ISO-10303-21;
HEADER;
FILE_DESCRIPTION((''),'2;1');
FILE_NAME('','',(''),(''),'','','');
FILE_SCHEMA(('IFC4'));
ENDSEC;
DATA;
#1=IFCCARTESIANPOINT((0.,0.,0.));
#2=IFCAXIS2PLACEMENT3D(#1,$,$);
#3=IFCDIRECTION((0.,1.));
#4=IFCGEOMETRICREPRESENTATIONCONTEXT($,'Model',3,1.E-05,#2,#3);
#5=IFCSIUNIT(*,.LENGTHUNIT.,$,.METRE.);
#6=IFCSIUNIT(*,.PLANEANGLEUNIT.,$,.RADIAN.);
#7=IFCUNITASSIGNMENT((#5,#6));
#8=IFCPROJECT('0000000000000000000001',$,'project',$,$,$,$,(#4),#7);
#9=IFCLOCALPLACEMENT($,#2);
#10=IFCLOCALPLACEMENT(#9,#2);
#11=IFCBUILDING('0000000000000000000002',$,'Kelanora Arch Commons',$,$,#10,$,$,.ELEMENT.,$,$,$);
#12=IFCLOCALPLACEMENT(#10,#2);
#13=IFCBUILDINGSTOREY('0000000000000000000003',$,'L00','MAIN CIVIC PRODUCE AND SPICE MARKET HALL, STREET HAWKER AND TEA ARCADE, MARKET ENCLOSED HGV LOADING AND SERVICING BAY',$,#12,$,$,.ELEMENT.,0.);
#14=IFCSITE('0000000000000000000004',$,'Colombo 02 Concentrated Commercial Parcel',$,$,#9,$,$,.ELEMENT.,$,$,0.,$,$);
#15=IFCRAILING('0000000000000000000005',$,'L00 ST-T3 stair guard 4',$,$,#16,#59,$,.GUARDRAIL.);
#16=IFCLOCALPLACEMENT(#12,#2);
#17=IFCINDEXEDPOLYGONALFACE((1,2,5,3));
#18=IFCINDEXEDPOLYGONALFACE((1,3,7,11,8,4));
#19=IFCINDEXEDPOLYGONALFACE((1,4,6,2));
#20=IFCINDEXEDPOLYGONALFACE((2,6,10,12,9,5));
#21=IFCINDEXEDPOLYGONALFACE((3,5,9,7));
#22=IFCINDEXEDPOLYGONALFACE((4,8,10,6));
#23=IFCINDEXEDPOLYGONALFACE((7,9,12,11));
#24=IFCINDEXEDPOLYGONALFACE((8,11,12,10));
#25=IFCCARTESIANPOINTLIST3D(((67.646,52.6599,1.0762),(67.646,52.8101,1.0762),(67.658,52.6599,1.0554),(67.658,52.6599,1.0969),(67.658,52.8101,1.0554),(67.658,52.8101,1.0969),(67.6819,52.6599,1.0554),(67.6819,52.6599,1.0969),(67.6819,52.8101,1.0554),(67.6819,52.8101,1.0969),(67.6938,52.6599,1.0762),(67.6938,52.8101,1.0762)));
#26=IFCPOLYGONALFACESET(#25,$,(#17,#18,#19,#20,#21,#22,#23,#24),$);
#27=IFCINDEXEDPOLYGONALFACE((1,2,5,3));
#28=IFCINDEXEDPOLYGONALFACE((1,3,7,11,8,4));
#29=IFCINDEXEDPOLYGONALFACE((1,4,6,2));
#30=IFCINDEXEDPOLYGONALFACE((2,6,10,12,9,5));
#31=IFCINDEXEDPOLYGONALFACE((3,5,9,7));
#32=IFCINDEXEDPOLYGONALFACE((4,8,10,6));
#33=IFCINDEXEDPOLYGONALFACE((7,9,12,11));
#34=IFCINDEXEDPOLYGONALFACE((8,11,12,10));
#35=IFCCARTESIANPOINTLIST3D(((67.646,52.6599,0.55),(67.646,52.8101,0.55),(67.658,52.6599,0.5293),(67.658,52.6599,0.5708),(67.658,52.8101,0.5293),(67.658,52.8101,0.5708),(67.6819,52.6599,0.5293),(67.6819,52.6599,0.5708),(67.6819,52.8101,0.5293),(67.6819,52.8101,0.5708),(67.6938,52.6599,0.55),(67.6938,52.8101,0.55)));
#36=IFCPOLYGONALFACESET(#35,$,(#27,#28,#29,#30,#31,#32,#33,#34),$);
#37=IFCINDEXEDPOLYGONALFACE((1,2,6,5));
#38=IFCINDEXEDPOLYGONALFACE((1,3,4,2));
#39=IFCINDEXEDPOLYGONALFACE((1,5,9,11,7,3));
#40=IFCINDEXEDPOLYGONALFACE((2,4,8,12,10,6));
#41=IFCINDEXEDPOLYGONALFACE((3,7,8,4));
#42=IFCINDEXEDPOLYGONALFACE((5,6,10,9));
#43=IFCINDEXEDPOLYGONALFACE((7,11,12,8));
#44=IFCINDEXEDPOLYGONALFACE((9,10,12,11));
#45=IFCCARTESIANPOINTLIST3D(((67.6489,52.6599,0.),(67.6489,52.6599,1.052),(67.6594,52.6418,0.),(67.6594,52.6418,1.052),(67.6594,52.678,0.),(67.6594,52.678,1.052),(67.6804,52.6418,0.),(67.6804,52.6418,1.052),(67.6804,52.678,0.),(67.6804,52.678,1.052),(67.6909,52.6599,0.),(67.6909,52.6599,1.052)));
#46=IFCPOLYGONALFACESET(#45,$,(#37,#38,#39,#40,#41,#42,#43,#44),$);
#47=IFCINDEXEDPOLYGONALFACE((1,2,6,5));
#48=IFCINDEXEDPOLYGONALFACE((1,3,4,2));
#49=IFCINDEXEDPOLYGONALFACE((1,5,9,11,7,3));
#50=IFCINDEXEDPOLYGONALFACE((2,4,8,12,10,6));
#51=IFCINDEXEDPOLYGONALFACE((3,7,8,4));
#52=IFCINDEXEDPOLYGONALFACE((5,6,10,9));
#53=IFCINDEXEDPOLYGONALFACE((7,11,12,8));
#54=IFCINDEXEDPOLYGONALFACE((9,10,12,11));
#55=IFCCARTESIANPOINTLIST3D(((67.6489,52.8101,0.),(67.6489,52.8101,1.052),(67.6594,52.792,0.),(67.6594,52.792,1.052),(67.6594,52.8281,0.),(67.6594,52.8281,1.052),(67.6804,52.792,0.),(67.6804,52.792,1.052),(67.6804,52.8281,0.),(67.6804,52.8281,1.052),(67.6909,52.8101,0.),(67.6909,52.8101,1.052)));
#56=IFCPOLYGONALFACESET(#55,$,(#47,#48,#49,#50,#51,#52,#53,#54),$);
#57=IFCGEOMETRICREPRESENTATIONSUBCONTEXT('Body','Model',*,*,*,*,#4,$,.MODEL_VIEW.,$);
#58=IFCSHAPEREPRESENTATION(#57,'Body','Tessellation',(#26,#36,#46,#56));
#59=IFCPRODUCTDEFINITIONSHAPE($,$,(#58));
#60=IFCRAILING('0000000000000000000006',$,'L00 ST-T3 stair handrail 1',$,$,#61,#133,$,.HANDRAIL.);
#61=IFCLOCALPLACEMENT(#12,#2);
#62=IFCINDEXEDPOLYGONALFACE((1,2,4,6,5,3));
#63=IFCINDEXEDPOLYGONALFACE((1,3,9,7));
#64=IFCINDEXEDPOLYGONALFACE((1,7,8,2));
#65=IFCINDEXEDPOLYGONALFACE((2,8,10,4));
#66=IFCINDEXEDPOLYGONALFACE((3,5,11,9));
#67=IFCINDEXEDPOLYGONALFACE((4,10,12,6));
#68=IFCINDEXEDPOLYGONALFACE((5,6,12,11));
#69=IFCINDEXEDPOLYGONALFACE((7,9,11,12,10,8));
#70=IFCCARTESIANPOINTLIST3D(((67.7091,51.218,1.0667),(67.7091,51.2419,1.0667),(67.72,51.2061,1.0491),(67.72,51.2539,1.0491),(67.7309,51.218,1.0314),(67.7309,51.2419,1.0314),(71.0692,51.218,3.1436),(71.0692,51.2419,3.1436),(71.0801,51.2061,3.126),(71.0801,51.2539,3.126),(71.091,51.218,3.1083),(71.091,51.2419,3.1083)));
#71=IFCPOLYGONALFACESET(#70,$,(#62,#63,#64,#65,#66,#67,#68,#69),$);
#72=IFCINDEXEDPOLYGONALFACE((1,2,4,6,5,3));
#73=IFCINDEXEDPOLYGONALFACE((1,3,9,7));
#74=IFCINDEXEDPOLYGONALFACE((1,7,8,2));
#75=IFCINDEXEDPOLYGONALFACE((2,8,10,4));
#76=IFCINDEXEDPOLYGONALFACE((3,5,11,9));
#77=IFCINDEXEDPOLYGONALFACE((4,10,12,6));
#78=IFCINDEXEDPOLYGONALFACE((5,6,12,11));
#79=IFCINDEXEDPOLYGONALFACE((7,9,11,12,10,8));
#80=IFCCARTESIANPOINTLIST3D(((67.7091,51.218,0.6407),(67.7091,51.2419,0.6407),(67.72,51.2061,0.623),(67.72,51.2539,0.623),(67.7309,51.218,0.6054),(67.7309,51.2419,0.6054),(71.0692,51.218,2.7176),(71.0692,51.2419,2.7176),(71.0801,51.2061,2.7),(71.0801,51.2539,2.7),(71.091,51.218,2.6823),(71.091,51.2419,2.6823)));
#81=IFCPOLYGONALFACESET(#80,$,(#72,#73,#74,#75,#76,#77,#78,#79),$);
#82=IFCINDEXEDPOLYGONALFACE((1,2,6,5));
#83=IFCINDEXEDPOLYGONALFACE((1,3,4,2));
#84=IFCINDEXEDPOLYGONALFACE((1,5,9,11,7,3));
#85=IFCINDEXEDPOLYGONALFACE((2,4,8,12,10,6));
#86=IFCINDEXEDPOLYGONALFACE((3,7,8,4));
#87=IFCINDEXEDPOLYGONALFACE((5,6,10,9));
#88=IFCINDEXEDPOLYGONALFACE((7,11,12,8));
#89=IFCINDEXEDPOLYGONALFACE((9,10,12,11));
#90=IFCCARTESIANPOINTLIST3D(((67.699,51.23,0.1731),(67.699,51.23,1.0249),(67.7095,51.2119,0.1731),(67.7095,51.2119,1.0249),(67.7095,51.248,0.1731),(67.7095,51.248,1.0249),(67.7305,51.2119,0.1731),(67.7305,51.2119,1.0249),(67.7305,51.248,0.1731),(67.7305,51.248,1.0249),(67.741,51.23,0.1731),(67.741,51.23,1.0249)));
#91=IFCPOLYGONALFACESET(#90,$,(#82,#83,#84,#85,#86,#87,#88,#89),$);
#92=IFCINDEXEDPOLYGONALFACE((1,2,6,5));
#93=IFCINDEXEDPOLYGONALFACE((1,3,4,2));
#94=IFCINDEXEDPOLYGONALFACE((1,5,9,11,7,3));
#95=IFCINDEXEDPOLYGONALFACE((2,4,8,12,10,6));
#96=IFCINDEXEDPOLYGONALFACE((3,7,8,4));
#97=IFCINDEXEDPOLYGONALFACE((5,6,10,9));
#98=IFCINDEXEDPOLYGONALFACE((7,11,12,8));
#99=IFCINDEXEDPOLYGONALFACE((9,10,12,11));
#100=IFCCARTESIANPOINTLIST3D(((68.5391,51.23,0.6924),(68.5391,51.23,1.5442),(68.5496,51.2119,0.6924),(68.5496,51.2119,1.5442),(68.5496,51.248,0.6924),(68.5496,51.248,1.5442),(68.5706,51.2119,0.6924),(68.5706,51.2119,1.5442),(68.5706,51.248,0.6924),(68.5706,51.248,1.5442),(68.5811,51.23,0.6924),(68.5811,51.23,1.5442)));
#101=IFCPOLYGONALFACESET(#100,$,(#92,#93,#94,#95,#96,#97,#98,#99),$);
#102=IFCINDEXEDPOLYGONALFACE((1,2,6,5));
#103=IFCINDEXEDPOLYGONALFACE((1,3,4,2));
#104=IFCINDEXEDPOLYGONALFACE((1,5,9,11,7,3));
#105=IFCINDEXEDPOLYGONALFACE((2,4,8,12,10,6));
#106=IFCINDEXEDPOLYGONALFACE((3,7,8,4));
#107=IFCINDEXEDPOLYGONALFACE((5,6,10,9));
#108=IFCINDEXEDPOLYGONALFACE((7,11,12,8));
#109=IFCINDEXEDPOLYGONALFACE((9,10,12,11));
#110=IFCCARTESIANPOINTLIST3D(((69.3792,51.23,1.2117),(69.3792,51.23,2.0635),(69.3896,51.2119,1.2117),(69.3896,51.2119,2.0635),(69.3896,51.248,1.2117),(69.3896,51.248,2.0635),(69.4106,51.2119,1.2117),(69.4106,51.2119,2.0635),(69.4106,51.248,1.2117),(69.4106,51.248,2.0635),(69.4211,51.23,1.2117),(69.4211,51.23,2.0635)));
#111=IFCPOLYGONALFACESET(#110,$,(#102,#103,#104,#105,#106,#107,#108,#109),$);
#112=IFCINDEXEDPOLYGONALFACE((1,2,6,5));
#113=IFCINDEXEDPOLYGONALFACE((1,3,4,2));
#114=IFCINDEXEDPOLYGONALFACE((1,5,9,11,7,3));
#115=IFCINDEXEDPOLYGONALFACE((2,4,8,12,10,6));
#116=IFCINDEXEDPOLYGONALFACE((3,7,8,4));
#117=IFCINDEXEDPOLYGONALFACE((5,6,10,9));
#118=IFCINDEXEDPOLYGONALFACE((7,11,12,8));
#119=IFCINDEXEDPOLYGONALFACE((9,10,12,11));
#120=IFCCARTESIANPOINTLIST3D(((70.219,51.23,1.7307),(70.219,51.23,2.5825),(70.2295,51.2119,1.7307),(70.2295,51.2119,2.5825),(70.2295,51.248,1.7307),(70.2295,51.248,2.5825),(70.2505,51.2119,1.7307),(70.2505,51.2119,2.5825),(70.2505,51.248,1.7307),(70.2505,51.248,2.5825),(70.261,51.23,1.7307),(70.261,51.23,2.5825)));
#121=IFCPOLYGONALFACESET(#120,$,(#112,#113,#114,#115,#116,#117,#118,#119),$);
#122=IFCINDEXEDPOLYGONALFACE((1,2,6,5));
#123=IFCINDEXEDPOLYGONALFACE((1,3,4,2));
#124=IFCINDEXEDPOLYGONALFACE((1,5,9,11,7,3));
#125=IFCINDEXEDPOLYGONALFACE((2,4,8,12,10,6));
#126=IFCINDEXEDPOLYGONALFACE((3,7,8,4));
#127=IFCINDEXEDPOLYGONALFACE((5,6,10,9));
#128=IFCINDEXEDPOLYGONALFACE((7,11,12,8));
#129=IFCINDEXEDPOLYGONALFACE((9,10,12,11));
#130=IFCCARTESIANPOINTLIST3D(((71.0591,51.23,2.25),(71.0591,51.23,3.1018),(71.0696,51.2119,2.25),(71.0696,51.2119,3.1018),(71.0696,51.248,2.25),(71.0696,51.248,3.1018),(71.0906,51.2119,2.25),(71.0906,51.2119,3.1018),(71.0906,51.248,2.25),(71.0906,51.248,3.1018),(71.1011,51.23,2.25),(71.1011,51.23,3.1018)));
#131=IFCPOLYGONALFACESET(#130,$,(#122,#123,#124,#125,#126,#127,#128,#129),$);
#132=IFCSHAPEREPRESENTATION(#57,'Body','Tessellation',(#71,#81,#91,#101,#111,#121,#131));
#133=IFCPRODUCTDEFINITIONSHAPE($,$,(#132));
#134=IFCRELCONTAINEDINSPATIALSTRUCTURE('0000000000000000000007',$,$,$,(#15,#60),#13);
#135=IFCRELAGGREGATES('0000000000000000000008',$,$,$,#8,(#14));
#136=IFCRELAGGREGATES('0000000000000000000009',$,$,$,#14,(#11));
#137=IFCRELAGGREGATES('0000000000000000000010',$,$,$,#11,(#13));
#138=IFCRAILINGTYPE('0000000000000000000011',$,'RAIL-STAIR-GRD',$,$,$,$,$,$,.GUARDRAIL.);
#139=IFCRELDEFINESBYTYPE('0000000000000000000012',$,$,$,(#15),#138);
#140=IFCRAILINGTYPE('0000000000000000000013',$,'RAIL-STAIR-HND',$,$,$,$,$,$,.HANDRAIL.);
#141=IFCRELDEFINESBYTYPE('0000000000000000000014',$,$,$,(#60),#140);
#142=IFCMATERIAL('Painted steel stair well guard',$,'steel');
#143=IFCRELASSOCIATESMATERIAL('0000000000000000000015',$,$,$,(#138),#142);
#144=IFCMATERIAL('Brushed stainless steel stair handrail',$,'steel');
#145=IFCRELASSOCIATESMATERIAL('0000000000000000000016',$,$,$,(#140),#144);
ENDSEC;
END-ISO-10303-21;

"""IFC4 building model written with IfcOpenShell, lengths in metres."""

from ifc_helpers import new_model, si_unit, direction, frame, origin, place, context, subcontext, project, spatial, polyline, outline, extrude, material, type_object, element, save


model = new_model("IFC4")

# Units and contexts
model_context = context("Model", 3, precision=1e-05, world=origin(), true_north=direction((0.0, 1.0)))
body_context = subcontext(model_context, "Body", "Model", "MODEL_VIEW")
ifc_project = project(units=[si_unit("LENGTHUNIT", "METRE"), si_unit("PLANEANGLEUNIT", "RADIAN")], contexts=[model_context])

# Site, building, storey
site_placement = place(None, origin())
site = spatial("IfcSite", under=ifc_project, at=site_placement, Name="Colombo 02 Concentrated Commercial Parcel", CompositionType="ELEMENT", RefElevation=0.0)
building_placement = place(site_placement, origin())
building = spatial("IfcBuilding", under=site, at=building_placement, Name="Kelanora Arch Commons", CompositionType="ELEMENT")
storey_placement = place(building_placement, origin())
storey = spatial("IfcBuildingStorey", under=building, at=storey_placement, Name="L00", Description="MAIN CIVIC PRODUCE AND SPICE MARKET HALL, STREET HAWKER AND TEA ARCADE, MARKET ENCLOSED HGV LOADING AND SERVICING BAY", CompositionType="ELEMENT", Elevation=0.0)

# Railings
ifc_material_1 = material(Name="Painted steel stair well guard", Category="steel")
railing_type_1 = type_object("IfcRailingType", Name="RAIL-STAIR-GRD", PredefinedType="GUARDRAIL", material=ifc_material_1)
railing_1_placement = place(storey_placement, frame((67.6699, 52.6599, 0.0)))
element("IfcRailing", 1, at=railing_1_placement, inside=storey, type_object=railing_type_1, Name="L00 ST-T3 stair guard 4", PredefinedType="GUARDRAIL", context=body_context, shape_type="SweptSolid", body=[
    extrude(outline(polyline([(0.0239, 0.0), (0.012, 0.0208), (-0.012, 0.0208), (-0.0239, 0.0), (-0.012, -0.0208), (0.012, -0.0208), (0.0239, 0.0)])), frame((0.0, 0.0, 1.0762), z_axis=(0.0, 1.0, 0.0), x_axis=(-1.0, 0.0, 0.0)), (0.0, 0.0, 1.0), 0.1501),
    extrude(outline(polyline([(0.0239, 0.0), (0.012, 0.0208), (-0.012, 0.0208), (-0.0239, 0.0), (-0.012, -0.0208), (0.012, -0.0208), (0.0239, 0.0)])), frame((0.0, 0.0, 0.55), z_axis=(0.0, 1.0, 0.0), x_axis=(-1.0, 0.0, 0.0)), (0.0, 0.0, 1.0), 0.1501),
    extrude(outline(polyline([(0.021, 0.0), (0.0105, 0.0181), (-0.0105, 0.0181), (-0.021, 0.0), (-0.0105, -0.0181), (0.0105, -0.0181), (0.021, 0.0)])), origin(), (0.0, 0.0, 1.0), 1.052),
    extrude(outline(polyline([(0.021, 0.0), (0.0105, 0.0181), (-0.0105, 0.0181), (-0.021, 0.0), (-0.0105, -0.0181), (0.0105, -0.0181), (0.021, 0.0)])), frame((0.0, 0.1501, 0.0)), (0.0, 0.0, 1.0), 1.052),
])
ifc_material_2 = material(Name="Brushed stainless steel stair handrail", Category="steel")
railing_type_2 = type_object("IfcRailingType", Name="RAIL-STAIR-HND", PredefinedType="HANDRAIL", material=ifc_material_2)
railing_2_placement = place(storey_placement, frame((67.72, 51.23, 0.1731)))
element("IfcRailing", 2, at=railing_2_placement, inside=storey, type_object=railing_type_2, Name="L00 ST-T3 stair handrail 1", PredefinedType="HANDRAIL", context=body_context, shape_type="SweptSolid", body=[
    extrude(outline(polyline([(0.0239, 0.0), (0.012, 0.0208), (-0.012, 0.0208), (-0.0239, 0.0), (-0.012, -0.0208), (0.012, -0.0208), (0.0239, 0.0)])), frame((0.0, 0.0, 0.876), z_axis=(0.850623, 0.0, 0.525776), x_axis=(0.0, 1.0, 0.0)), (0.0, 0.0, 1.0), 3.9502),
    extrude(outline(polyline([(0.0239, 0.0), (0.012, 0.0208), (-0.012, 0.0208), (-0.0239, 0.0), (-0.012, -0.0208), (0.012, -0.0208), (0.0239, 0.0)])), frame((0.0, 0.0, 0.45), z_axis=(0.850623, 0.0, 0.525776), x_axis=(0.0, 1.0, 0.0)), (0.0, 0.0, 1.0), 3.9502),
    extrude(outline(polyline([(0.021, 0.0), (0.0105, 0.0181), (-0.0105, 0.0181), (-0.021, 0.0), (-0.0105, -0.0181), (0.0105, -0.0181), (0.021, 0.0)])), origin(), (0.0, 0.0, 1.0), 0.8518),
    extrude(outline(polyline([(0.021, 0.0), (0.0105, 0.0181), (-0.0105, 0.0181), (-0.021, 0.0), (-0.0105, -0.0181), (0.0105, -0.0181), (0.021, 0.0)])), frame((0.8401, 0.0, 0.5193)), (0.0, 0.0, 1.0), 0.8518),
    extrude(outline(polyline([(0.021, 0.0), (0.0105, 0.0181), (-0.0105, 0.0181), (-0.021, 0.0), (-0.0105, -0.0181), (0.0105, -0.0181), (0.021, 0.0)])), frame((1.6802, 0.0, 1.0386)), (0.0, 0.0, 1.0), 0.8518),
    extrude(outline(polyline([(0.021, 0.0), (0.0105, 0.0181), (-0.0105, 0.0181), (-0.021, 0.0), (-0.0105, -0.0181), (0.0105, -0.0181), (0.021, 0.0)])), frame((2.52, 0.0, 1.5576)), (0.0, 0.0, 1.0), 0.8518),
    extrude(outline(polyline([(0.021, 0.0), (0.0105, 0.0181), (-0.0105, 0.0181), (-0.021, 0.0), (-0.0105, -0.0181), (0.0105, -0.0181), (0.021, 0.0)])), frame((3.3601, 0.0, 2.0769)), (0.0, 0.0, 1.0), 0.8518),
])

save(model, "model.ifc")
